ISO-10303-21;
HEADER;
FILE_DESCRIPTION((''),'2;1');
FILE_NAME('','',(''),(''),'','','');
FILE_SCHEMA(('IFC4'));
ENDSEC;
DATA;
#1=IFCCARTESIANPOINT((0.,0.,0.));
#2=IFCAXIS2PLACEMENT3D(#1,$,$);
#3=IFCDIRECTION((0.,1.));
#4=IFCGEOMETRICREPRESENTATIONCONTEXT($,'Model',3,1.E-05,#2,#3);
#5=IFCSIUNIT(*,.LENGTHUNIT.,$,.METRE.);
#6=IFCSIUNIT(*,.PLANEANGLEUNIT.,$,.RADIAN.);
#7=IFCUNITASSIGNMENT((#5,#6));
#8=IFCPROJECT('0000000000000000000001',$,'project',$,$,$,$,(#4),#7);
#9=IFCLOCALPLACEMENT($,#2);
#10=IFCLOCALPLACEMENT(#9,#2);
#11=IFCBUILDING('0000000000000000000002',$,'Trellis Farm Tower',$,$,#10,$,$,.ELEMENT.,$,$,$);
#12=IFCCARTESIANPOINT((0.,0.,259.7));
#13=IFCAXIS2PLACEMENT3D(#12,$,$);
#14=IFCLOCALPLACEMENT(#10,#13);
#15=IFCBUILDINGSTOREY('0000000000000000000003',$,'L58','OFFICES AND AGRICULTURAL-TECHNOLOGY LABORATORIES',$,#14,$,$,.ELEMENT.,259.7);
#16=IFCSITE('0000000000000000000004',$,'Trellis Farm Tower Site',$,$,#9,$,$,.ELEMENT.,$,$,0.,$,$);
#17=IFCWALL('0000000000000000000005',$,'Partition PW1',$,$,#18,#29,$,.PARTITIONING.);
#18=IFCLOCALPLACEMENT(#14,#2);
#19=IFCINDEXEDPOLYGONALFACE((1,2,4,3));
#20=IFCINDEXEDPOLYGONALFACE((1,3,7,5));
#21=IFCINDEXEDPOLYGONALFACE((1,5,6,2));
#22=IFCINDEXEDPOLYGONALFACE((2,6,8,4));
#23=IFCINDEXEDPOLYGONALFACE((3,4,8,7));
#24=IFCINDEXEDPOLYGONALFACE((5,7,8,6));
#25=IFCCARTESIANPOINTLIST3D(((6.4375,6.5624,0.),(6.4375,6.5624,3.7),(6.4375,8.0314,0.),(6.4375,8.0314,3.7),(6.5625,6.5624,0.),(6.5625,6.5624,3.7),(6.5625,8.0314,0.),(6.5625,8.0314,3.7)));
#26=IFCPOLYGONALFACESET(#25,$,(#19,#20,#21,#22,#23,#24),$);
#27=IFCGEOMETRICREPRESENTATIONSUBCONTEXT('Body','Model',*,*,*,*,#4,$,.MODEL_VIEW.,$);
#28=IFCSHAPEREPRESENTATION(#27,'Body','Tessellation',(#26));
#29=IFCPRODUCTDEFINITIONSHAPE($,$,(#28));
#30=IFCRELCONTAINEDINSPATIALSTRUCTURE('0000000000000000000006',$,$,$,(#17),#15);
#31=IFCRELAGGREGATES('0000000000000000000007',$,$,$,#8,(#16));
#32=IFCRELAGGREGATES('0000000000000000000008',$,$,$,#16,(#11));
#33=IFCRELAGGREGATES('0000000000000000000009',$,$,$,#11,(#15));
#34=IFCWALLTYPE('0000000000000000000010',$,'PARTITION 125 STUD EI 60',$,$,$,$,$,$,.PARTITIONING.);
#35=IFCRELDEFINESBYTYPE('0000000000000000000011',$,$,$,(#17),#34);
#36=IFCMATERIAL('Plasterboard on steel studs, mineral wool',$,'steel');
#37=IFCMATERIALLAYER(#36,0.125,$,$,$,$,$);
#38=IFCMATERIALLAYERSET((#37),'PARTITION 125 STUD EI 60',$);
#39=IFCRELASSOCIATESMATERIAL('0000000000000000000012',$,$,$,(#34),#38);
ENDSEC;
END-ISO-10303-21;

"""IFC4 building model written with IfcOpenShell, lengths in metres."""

from ifc_helpers import new_model, si_unit, direction, frame, frame_2d, origin, place, context, subcontext, project, spatial, rectangle, extrude, source, transform, mapped, material, layer, layer_set, type_object, element, save


model = new_model("IFC4")

# Units and contexts
model_context = context("Model", 3, precision=1e-05, world=origin(), true_north=direction((0.0, 1.0)))
body_context = subcontext(model_context, "Body", "Model", "MODEL_VIEW")
ifc_project = project(units=[si_unit("LENGTHUNIT", "METRE"), si_unit("PLANEANGLEUNIT", "RADIAN")], contexts=[model_context])

# Site, building, storey
site_placement = place(None, origin())
site = spatial("IfcSite", under=ifc_project, at=site_placement, Name="Trellis Farm Tower Site", CompositionType="ELEMENT", RefElevation=0.0)
building_placement = place(site_placement, origin())
building = spatial("IfcBuilding", under=site, at=building_placement, Name="Trellis Farm Tower", CompositionType="ELEMENT")
storey_placement = place(building_placement, frame((0.0, 0.0, 259.7)))
storey = spatial("IfcBuildingStorey", under=building, at=storey_placement, Name="L58", Description="OFFICES AND AGRICULTURAL-TECHNOLOGY LABORATORIES", CompositionType="ELEMENT", Elevation=259.7)

# Wall
ifc_material_1 = material(Name="Plasterboard on steel studs, mineral wool", Category="steel")
ifc_layer_1 = layer(ifc_material_1, 0.125)
ifc_layer_set_1 = layer_set([ifc_layer_1], Name="PARTITION 125 STUD EI 60")
wall_type_1 = type_object("IfcWallType", Name="PARTITION 125 STUD EI 60", PredefinedType="PARTITIONING", material=ifc_layer_set_1)
shared_shape_1 = source(origin(), body_context, "Body", "SweptSolid", [
    extrude(rectangle(XDim=1.469, YDim=0.125, at=frame_2d((0.7344, 0.0))), origin(), (0.0, 0.0, 1.0), 3.7),
])
wall_1_placement = place(storey_placement, frame((6.5, 6.5625, 0.0), z_axis=(0.0, 0.0, 1.0), x_axis=(0.0, 1.0, 0.0)))
element("IfcWall", 1, at=wall_1_placement, inside=storey, type_object=wall_type_1, Name="Partition PW1", PredefinedType="PARTITIONING", context=body_context, shape_type="MappedRepresentation", body=[
    mapped(shared_shape_1, transform((0.0, 0.0, 0.0))),
])

save(model, "model.ifc")
